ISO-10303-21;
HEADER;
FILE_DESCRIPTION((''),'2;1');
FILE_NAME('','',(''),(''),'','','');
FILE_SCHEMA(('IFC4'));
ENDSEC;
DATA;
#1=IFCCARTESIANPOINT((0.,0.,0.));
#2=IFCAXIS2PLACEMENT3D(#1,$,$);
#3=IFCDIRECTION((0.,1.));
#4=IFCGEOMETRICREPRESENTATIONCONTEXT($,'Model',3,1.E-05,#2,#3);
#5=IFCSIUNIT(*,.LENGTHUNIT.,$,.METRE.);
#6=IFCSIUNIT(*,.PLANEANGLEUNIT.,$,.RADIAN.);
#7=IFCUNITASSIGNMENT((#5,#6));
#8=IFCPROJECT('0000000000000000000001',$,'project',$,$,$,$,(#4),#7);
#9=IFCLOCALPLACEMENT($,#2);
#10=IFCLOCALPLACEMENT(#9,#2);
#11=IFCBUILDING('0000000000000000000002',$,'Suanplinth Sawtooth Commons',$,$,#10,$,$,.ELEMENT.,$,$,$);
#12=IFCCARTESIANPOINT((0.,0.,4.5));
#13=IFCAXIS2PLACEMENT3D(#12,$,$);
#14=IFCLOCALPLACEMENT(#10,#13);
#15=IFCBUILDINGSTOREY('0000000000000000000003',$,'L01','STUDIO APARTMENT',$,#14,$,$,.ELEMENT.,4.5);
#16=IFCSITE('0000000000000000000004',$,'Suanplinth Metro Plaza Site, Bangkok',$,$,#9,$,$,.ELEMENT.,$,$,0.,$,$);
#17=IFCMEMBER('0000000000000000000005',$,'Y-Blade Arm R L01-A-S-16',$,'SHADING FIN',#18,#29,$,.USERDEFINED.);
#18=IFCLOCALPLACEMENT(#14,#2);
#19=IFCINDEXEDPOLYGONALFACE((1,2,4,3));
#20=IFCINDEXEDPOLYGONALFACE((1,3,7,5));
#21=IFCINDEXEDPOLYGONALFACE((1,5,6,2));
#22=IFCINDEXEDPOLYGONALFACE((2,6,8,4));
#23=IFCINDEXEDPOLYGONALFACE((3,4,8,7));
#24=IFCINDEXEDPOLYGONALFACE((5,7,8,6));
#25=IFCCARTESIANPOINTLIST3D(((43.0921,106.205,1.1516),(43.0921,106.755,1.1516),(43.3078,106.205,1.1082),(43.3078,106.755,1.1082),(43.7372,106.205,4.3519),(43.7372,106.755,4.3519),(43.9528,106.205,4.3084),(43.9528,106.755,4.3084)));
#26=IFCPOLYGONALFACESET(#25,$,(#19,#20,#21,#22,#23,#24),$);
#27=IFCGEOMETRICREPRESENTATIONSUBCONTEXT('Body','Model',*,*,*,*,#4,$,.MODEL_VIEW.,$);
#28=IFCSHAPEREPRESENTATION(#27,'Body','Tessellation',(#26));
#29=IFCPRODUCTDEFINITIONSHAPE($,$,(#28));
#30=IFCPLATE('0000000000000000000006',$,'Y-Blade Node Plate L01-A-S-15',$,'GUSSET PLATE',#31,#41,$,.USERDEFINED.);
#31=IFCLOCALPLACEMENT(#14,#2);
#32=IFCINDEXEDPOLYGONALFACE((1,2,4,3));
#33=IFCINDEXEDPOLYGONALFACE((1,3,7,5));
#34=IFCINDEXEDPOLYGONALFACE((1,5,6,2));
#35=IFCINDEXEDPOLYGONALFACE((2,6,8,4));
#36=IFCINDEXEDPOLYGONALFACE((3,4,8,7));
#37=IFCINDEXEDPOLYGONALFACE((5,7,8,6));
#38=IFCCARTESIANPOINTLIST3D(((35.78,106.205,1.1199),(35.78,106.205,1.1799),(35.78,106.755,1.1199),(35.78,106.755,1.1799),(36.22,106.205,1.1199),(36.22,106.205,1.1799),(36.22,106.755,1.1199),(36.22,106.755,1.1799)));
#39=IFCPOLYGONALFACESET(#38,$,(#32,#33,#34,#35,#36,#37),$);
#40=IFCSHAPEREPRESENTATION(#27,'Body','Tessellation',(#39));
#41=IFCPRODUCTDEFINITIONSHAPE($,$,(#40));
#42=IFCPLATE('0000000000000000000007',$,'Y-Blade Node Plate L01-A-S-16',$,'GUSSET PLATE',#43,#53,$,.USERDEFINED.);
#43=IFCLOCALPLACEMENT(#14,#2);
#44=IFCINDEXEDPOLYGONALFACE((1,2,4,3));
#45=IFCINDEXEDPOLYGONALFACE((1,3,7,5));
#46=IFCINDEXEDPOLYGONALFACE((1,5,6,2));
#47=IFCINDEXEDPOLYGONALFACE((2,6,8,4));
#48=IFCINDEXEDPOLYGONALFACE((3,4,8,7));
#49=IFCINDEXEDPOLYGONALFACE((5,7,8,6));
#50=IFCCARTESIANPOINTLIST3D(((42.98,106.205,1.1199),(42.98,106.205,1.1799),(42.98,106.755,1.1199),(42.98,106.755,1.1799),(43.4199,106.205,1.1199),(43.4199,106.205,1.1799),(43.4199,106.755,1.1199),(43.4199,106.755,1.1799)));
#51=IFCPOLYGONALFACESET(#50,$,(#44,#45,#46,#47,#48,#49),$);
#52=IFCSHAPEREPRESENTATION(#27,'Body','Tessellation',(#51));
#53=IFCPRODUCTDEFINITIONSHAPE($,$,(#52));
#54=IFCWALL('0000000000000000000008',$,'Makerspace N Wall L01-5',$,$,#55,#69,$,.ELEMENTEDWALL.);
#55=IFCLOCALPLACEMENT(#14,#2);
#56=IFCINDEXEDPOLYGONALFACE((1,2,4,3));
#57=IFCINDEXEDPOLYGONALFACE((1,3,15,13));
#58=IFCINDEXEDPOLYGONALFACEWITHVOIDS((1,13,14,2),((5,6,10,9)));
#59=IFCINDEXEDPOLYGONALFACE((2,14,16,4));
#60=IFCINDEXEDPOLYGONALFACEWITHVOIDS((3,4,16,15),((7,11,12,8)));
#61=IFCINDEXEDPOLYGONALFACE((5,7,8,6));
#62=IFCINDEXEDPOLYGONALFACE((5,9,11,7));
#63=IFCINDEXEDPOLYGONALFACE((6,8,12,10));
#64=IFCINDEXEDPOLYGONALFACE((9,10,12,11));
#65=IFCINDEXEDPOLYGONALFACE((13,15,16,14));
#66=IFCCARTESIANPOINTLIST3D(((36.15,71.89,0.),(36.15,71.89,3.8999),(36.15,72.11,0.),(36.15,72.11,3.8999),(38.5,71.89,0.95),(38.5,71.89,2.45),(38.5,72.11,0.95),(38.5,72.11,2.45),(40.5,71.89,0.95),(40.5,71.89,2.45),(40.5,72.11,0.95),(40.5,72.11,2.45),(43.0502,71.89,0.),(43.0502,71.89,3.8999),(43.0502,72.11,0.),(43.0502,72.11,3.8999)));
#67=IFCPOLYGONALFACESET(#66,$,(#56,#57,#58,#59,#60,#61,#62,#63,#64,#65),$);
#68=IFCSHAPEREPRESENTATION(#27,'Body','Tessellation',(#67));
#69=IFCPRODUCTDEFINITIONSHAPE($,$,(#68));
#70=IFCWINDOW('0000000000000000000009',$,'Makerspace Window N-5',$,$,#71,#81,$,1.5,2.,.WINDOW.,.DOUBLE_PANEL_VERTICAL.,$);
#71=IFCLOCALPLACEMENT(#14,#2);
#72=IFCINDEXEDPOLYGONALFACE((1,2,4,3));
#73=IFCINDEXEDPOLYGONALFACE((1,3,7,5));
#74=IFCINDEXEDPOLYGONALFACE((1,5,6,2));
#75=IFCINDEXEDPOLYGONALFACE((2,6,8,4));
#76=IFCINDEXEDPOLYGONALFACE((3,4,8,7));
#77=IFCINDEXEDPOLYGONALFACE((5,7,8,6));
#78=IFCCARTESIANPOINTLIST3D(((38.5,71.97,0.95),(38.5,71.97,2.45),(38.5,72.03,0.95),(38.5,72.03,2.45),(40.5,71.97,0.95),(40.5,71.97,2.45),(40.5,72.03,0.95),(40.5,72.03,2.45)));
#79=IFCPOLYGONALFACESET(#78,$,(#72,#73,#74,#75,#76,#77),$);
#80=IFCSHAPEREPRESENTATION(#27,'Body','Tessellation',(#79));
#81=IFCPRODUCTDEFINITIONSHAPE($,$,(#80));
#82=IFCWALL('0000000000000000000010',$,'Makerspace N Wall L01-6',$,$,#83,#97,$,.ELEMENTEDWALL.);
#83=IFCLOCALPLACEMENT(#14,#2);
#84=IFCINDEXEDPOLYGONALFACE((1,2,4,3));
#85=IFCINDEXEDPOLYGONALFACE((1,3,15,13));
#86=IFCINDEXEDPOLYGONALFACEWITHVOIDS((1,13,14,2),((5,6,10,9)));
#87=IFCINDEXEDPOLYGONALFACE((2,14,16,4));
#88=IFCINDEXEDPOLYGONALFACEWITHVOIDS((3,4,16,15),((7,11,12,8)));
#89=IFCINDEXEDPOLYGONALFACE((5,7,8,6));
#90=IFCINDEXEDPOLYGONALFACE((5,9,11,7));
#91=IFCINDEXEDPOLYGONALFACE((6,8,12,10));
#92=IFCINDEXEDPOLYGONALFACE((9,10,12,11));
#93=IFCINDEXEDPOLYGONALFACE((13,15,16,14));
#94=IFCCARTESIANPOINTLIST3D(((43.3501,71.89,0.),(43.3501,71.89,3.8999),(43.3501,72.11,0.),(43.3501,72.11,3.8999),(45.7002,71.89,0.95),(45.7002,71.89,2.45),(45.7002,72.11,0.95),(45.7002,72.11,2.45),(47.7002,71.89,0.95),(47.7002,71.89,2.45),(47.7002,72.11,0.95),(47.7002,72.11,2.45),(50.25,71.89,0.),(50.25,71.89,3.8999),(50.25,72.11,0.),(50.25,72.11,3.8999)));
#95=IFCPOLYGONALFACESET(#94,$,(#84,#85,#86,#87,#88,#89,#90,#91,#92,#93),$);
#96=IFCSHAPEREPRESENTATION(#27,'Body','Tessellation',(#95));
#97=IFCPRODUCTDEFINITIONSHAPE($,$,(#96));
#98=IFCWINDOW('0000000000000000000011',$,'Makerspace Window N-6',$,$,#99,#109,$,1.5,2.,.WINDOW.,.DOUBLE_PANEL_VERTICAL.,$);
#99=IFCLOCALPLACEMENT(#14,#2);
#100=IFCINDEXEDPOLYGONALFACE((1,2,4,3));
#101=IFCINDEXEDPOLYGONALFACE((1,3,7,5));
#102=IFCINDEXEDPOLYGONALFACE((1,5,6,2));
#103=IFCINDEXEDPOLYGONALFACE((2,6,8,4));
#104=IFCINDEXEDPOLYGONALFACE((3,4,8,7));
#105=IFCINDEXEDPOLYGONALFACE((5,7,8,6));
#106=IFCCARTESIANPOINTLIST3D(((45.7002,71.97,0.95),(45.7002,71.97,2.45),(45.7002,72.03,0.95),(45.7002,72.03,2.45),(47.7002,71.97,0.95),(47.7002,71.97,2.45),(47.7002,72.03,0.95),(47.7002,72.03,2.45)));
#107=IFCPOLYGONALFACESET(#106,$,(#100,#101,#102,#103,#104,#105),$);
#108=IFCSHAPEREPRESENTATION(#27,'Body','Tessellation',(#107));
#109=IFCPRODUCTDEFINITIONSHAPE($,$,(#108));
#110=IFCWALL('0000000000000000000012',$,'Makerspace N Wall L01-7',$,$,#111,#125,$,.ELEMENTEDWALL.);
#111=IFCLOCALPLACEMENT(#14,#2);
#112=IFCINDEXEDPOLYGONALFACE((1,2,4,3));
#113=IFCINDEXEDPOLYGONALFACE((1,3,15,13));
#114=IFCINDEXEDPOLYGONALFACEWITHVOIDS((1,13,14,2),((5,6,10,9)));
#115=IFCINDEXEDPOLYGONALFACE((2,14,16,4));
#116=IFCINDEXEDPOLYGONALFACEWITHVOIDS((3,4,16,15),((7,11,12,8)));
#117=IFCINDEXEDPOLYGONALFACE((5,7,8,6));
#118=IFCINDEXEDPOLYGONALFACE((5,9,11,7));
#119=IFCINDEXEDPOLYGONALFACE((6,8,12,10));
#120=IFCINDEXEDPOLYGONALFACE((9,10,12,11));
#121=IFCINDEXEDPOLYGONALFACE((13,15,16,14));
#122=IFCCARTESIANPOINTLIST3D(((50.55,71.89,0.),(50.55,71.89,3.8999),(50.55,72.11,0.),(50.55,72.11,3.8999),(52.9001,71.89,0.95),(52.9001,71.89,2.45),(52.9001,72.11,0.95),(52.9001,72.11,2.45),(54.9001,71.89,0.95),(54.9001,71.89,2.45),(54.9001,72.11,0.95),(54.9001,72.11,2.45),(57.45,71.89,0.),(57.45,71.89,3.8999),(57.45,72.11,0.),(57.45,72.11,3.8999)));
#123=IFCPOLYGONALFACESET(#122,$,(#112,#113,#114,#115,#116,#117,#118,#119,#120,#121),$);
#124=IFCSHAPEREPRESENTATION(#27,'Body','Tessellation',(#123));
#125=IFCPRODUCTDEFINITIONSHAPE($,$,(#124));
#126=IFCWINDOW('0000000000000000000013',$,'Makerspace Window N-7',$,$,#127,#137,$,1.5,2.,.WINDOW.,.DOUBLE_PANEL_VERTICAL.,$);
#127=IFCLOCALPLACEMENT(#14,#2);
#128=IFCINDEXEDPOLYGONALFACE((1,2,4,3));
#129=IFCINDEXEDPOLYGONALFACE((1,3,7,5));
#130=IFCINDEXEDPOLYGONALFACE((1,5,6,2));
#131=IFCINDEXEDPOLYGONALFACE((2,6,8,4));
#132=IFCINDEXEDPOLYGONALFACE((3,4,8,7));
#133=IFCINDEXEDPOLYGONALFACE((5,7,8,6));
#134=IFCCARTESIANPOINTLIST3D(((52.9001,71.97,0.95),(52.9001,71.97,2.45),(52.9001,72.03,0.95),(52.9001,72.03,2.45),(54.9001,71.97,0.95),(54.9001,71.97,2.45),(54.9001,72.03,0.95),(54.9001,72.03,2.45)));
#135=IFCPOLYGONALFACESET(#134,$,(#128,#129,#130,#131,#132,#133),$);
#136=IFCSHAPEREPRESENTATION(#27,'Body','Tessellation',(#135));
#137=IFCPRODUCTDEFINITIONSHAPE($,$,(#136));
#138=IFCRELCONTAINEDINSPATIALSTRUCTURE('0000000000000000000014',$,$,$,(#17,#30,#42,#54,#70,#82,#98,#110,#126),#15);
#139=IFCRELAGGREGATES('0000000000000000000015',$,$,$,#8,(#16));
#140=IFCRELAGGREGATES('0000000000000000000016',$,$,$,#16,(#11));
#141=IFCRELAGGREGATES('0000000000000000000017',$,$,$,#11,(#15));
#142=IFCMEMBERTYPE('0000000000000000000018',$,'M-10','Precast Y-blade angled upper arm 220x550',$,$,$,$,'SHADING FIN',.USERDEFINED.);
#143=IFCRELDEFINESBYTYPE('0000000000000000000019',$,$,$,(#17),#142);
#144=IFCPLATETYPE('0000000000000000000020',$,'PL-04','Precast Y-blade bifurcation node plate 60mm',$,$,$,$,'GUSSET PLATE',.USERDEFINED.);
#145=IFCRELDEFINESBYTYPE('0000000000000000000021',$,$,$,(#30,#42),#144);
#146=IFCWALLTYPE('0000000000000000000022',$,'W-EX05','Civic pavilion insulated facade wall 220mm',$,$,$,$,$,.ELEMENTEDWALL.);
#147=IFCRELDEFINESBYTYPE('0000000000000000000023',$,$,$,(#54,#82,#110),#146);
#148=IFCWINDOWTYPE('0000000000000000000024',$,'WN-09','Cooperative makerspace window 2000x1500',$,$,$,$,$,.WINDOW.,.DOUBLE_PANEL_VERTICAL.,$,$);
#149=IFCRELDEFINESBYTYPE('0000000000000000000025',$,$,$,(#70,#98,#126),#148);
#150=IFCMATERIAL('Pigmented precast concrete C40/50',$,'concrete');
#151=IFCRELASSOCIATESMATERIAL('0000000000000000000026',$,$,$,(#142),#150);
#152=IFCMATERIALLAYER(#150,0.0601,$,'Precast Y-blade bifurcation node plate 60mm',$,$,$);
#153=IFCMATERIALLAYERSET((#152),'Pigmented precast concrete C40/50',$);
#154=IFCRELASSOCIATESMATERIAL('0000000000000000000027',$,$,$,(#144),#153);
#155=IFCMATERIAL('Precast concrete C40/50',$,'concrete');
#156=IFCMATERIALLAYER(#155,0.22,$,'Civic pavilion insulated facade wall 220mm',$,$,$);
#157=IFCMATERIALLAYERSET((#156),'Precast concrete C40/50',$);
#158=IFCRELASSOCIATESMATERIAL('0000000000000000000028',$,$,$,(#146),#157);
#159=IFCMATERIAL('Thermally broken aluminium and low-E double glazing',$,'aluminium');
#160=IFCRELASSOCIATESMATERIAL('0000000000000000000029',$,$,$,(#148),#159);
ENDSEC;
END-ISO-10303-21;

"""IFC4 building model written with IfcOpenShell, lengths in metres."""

from ifc_helpers import new_model, si_unit, direction, frame, frame_2d, origin, origin_2d, place, context, subcontext, project, spatial, rectangle, extrude, material, layer, layer_set, material_profile, profile_set, type_object, element, fill, save


model = new_model("IFC4")

# Units and contexts
model_context = context("Model", 3, precision=1e-05, world=origin(), true_north=direction((0.0, 1.0)))
body_context = subcontext(model_context, "Body", "Model", "MODEL_VIEW")
ifc_project = project(units=[si_unit("LENGTHUNIT", "METRE"), si_unit("PLANEANGLEUNIT", "RADIAN")], contexts=[model_context])

# Site, building, storey
site_placement = place(None, origin())
site = spatial("IfcSite", under=ifc_project, at=site_placement, Name="Suanplinth Metro Plaza Site, Bangkok", CompositionType="ELEMENT", RefElevation=0.0)
building_placement = place(site_placement, origin())
building = spatial("IfcBuilding", under=site, at=building_placement, Name="Suanplinth Sawtooth Commons", CompositionType="ELEMENT")
storey_placement = place(building_placement, frame((0.0, 0.0, 4.5)))
storey = spatial("IfcBuildingStorey", under=building, at=storey_placement, Name="L01", Description="STUDIO APARTMENT", CompositionType="ELEMENT", Elevation=4.5)

# Shared definitions
ifc_material_1 = material(Name="Precast concrete C40/50", Category="concrete")

# Member
ifc_material_2 = material(Name="Pigmented precast concrete C40/50", Category="concrete")
ifc_material_profile_1 = material_profile(ifc_material_2, rectangle(XDim=0.22, YDim=0.55, at=origin_2d()), Name="PC-FIN 220x550")
ifc_profile_set_1 = profile_set([ifc_material_profile_1], Name="Pigmented precast concrete C40/50")
member_type_1 = type_object("IfcMemberType", Name="M-10", Description="Precast Y-blade angled upper arm 220x550", ElementType="SHADING FIN", PredefinedType="USERDEFINED", material=ifc_profile_set_1)
member_1_placement = place(storey_placement, frame((43.2, 106.48, 1.1299), z_axis=(0.197583, 0.0, 0.980286), x_axis=(-0.980286, 0.0, 0.197583)))
element("IfcMember", 1, at=member_1_placement, inside=storey, type_object=member_type_1, Name="Y-Blade Arm R L01-A-S-16", ObjectType="SHADING FIN", PredefinedType="USERDEFINED", context=body_context, shape_type="SweptSolid", body=[
    extrude(rectangle(XDim=0.22, YDim=0.55, at=origin_2d()), origin(), (0.0, 0.0, 1.0), 3.2646),
])

# Plates
ifc_layer_1 = layer(ifc_material_2, 0.0601, Name="Precast Y-blade bifurcation node plate 60mm")
ifc_layer_set_1 = layer_set([ifc_layer_1], Name="Pigmented precast concrete C40/50")
plate_type = type_object("IfcPlateType", Name="PL-04", Description="Precast Y-blade bifurcation node plate 60mm", ElementType="GUSSET PLATE", PredefinedType="USERDEFINED", material=ifc_layer_set_1)
for number, where, z_axis, x_axis, name in (
    (2, (36.0, 106.48, 1.1199), (0.0, 0.0, 1.0), (1.0, 0.0, 0.0), "Y-Blade Node Plate L01-A-S-15"),
    (3, (43.2, 106.48, 1.1199), (0.0, 0.0, 1.0), (1.0, 0.0, 0.0), "Y-Blade Node Plate L01-A-S-16"),
):
    element("IfcPlate", number, at=place(storey_placement, frame(where, z_axis=z_axis, x_axis=x_axis)), inside=storey, type_object=plate_type, Name=name, ObjectType="GUSSET PLATE", PredefinedType="USERDEFINED", context=body_context, shape_type="SweptSolid", body=[
        extrude(rectangle(XDim=0.4399, YDim=0.55, at=origin_2d()), origin(), (0.0, 0.0, 1.0), 0.0601),
    ])

# Walls, openings, windows
ifc_layer_2 = layer(ifc_material_1, 0.22, Name="Civic pavilion insulated facade wall 220mm")
ifc_layer_set_2 = layer_set([ifc_layer_2], Name="Precast concrete C40/50")
wall_type = type_object("IfcWallType", Name="W-EX05", Description="Civic pavilion insulated facade wall 220mm", PredefinedType="ELEMENTEDWALL", material=ifc_layer_set_2)
wall_1_placement = place(storey_placement, frame((36.1499, 72.0, 0.0), z_axis=(0.0, 0.0, 1.0), x_axis=(1.0, 0.0, 0.0)))
wall_1 = element("IfcWall", 4, at=wall_1_placement, inside=storey, type_object=wall_type, Name="Makerspace N Wall L01-5", PredefinedType="ELEMENTEDWALL", context=body_context, shape_type="SweptSolid", body=[
    extrude(rectangle(XDim=6.9001, YDim=0.22, at=frame_2d((3.4502, 0.0))), origin(), (0.0, 0.0, 1.0), 3.8999),
])
opening_1_placement = place(wall_1_placement, frame((2.3501, 0.0, 0.95)))
opening_1 = element("IfcOpeningElement", 5, at=opening_1_placement, cuts=wall_1, PredefinedType="OPENING", context=body_context, shape_type="SweptSolid", body=[
    extrude(rectangle(XDim=2.0, YDim=1.5, at=frame_2d((1.0, 0.75))), frame((0.0, 0.125, 0.0), z_axis=(0.0, -1.0, 0.0), x_axis=(1.0, 0.0, 0.0)), (0.0, 0.0, 1.0), 0.2498),
])
ifc_material_3 = material(Name="Thermally broken aluminium and low-E double glazing", Category="aluminium")
window_type = type_object("IfcWindowType", Name="WN-09", Description="Cooperative makerspace window 2000x1500", PartitioningType="DOUBLE_PANEL_VERTICAL", PredefinedType="WINDOW", material=ifc_material_3)
window_1_placement = place(opening_1_placement, origin())
window_1 = element("IfcWindow", 6, at=window_1_placement, inside=storey, type_object=window_type, Name="Makerspace Window N-5", OverallHeight=1.5, OverallWidth=2.0, PartitioningType="DOUBLE_PANEL_VERTICAL", PredefinedType="WINDOW", context=body_context, shape_type="SweptSolid", body=[
    extrude(rectangle(XDim=2.0, YDim=1.5, at=frame_2d((1.0, 0.75))), frame((0.0, 0.03, 0.0), z_axis=(0.0, -1.0, 0.0), x_axis=(1.0, 0.0, 0.0)), (0.0, 0.0, 1.0), 0.0601),
])
fill(opening_1, window_1)
wall_2_placement = place(storey_placement, frame((43.3501, 72.0, 0.0), z_axis=(0.0, 0.0, 1.0), x_axis=(1.0, 0.0, 0.0)))
wall_2 = element("IfcWall", 7, at=wall_2_placement, inside=storey, type_object=wall_type, Name="Makerspace N Wall L01-6", PredefinedType="ELEMENTEDWALL", context=body_context, shape_type="SweptSolid", body=[
    extrude(rectangle(XDim=6.8999, YDim=0.22, at=frame_2d((3.45, 0.0))), origin(), (0.0, 0.0, 1.0), 3.8999),
])
opening_2_placement = place(wall_2_placement, frame((2.3501, 0.0, 0.95)))
opening_2 = element("IfcOpeningElement", 8, at=opening_2_placement, cuts=wall_2, PredefinedType="OPENING", context=body_context, shape_type="SweptSolid", body=[
    extrude(rectangle(XDim=2.0, YDim=1.5, at=frame_2d((1.0, 0.75))), frame((0.0, 0.125, 0.0), z_axis=(0.0, -1.0, 0.0), x_axis=(1.0, 0.0, 0.0)), (0.0, 0.0, 1.0), 0.2498),
])
window_2_placement = place(opening_2_placement, origin())
window_2 = element("IfcWindow", 9, at=window_2_placement, inside=storey, type_object=window_type, Name="Makerspace Window N-6", OverallHeight=1.5, OverallWidth=2.0, PartitioningType="DOUBLE_PANEL_VERTICAL", PredefinedType="WINDOW", context=body_context, shape_type="SweptSolid", body=[
    extrude(rectangle(XDim=2.0, YDim=1.5, at=frame_2d((1.0, 0.75))), frame((0.0, 0.03, 0.0), z_axis=(0.0, -1.0, 0.0), x_axis=(1.0, 0.0, 0.0)), (0.0, 0.0, 1.0), 0.0601),
])
fill(opening_2, window_2)
wall_3_placement = place(storey_placement, frame((50.55, 72.0, 0.0), z_axis=(0.0, 0.0, 1.0), x_axis=(1.0, 0.0, 0.0)))
wall_3 = element("IfcWall", 10, at=wall_3_placement, inside=storey, type_object=wall_type, Name="Makerspace N Wall L01-7", PredefinedType="ELEMENTEDWALL", context=body_context, shape_type="SweptSolid", body=[
    extrude(rectangle(XDim=6.8999, YDim=0.22, at=frame_2d((3.45, 0.0))), origin(), (0.0, 0.0, 1.0), 3.8999),
])
opening_3_placement = place(wall_3_placement, frame((2.3501, 0.0, 0.95)))
opening_3 = element("IfcOpeningElement", 11, at=opening_3_placement, cuts=wall_3, PredefinedType="OPENING", context=body_context, shape_type="SweptSolid", body=[
    extrude(rectangle(XDim=2.0, YDim=1.5, at=frame_2d((1.0, 0.75))), frame((0.0, 0.125, 0.0), z_axis=(0.0, -1.0, 0.0), x_axis=(1.0, 0.0, 0.0)), (0.0, 0.0, 1.0), 0.2498),
])
window_3_placement = place(opening_3_placement, origin())
window_3 = element("IfcWindow", 12, at=window_3_placement, inside=storey, type_object=window_type, Name="Makerspace Window N-7", OverallHeight=1.5, OverallWidth=2.0, PartitioningType="DOUBLE_PANEL_VERTICAL", PredefinedType="WINDOW", context=body_context, shape_type="SweptSolid", body=[
    extrude(rectangle(XDim=2.0, YDim=1.5, at=frame_2d((1.0, 0.75))), frame((0.0, 0.03, 0.0), z_axis=(0.0, -1.0, 0.0), x_axis=(1.0, 0.0, 0.0)), (0.0, 0.0, 1.0), 0.0601),
])
fill(opening_3, window_3)

save(model, "model.ifc")
